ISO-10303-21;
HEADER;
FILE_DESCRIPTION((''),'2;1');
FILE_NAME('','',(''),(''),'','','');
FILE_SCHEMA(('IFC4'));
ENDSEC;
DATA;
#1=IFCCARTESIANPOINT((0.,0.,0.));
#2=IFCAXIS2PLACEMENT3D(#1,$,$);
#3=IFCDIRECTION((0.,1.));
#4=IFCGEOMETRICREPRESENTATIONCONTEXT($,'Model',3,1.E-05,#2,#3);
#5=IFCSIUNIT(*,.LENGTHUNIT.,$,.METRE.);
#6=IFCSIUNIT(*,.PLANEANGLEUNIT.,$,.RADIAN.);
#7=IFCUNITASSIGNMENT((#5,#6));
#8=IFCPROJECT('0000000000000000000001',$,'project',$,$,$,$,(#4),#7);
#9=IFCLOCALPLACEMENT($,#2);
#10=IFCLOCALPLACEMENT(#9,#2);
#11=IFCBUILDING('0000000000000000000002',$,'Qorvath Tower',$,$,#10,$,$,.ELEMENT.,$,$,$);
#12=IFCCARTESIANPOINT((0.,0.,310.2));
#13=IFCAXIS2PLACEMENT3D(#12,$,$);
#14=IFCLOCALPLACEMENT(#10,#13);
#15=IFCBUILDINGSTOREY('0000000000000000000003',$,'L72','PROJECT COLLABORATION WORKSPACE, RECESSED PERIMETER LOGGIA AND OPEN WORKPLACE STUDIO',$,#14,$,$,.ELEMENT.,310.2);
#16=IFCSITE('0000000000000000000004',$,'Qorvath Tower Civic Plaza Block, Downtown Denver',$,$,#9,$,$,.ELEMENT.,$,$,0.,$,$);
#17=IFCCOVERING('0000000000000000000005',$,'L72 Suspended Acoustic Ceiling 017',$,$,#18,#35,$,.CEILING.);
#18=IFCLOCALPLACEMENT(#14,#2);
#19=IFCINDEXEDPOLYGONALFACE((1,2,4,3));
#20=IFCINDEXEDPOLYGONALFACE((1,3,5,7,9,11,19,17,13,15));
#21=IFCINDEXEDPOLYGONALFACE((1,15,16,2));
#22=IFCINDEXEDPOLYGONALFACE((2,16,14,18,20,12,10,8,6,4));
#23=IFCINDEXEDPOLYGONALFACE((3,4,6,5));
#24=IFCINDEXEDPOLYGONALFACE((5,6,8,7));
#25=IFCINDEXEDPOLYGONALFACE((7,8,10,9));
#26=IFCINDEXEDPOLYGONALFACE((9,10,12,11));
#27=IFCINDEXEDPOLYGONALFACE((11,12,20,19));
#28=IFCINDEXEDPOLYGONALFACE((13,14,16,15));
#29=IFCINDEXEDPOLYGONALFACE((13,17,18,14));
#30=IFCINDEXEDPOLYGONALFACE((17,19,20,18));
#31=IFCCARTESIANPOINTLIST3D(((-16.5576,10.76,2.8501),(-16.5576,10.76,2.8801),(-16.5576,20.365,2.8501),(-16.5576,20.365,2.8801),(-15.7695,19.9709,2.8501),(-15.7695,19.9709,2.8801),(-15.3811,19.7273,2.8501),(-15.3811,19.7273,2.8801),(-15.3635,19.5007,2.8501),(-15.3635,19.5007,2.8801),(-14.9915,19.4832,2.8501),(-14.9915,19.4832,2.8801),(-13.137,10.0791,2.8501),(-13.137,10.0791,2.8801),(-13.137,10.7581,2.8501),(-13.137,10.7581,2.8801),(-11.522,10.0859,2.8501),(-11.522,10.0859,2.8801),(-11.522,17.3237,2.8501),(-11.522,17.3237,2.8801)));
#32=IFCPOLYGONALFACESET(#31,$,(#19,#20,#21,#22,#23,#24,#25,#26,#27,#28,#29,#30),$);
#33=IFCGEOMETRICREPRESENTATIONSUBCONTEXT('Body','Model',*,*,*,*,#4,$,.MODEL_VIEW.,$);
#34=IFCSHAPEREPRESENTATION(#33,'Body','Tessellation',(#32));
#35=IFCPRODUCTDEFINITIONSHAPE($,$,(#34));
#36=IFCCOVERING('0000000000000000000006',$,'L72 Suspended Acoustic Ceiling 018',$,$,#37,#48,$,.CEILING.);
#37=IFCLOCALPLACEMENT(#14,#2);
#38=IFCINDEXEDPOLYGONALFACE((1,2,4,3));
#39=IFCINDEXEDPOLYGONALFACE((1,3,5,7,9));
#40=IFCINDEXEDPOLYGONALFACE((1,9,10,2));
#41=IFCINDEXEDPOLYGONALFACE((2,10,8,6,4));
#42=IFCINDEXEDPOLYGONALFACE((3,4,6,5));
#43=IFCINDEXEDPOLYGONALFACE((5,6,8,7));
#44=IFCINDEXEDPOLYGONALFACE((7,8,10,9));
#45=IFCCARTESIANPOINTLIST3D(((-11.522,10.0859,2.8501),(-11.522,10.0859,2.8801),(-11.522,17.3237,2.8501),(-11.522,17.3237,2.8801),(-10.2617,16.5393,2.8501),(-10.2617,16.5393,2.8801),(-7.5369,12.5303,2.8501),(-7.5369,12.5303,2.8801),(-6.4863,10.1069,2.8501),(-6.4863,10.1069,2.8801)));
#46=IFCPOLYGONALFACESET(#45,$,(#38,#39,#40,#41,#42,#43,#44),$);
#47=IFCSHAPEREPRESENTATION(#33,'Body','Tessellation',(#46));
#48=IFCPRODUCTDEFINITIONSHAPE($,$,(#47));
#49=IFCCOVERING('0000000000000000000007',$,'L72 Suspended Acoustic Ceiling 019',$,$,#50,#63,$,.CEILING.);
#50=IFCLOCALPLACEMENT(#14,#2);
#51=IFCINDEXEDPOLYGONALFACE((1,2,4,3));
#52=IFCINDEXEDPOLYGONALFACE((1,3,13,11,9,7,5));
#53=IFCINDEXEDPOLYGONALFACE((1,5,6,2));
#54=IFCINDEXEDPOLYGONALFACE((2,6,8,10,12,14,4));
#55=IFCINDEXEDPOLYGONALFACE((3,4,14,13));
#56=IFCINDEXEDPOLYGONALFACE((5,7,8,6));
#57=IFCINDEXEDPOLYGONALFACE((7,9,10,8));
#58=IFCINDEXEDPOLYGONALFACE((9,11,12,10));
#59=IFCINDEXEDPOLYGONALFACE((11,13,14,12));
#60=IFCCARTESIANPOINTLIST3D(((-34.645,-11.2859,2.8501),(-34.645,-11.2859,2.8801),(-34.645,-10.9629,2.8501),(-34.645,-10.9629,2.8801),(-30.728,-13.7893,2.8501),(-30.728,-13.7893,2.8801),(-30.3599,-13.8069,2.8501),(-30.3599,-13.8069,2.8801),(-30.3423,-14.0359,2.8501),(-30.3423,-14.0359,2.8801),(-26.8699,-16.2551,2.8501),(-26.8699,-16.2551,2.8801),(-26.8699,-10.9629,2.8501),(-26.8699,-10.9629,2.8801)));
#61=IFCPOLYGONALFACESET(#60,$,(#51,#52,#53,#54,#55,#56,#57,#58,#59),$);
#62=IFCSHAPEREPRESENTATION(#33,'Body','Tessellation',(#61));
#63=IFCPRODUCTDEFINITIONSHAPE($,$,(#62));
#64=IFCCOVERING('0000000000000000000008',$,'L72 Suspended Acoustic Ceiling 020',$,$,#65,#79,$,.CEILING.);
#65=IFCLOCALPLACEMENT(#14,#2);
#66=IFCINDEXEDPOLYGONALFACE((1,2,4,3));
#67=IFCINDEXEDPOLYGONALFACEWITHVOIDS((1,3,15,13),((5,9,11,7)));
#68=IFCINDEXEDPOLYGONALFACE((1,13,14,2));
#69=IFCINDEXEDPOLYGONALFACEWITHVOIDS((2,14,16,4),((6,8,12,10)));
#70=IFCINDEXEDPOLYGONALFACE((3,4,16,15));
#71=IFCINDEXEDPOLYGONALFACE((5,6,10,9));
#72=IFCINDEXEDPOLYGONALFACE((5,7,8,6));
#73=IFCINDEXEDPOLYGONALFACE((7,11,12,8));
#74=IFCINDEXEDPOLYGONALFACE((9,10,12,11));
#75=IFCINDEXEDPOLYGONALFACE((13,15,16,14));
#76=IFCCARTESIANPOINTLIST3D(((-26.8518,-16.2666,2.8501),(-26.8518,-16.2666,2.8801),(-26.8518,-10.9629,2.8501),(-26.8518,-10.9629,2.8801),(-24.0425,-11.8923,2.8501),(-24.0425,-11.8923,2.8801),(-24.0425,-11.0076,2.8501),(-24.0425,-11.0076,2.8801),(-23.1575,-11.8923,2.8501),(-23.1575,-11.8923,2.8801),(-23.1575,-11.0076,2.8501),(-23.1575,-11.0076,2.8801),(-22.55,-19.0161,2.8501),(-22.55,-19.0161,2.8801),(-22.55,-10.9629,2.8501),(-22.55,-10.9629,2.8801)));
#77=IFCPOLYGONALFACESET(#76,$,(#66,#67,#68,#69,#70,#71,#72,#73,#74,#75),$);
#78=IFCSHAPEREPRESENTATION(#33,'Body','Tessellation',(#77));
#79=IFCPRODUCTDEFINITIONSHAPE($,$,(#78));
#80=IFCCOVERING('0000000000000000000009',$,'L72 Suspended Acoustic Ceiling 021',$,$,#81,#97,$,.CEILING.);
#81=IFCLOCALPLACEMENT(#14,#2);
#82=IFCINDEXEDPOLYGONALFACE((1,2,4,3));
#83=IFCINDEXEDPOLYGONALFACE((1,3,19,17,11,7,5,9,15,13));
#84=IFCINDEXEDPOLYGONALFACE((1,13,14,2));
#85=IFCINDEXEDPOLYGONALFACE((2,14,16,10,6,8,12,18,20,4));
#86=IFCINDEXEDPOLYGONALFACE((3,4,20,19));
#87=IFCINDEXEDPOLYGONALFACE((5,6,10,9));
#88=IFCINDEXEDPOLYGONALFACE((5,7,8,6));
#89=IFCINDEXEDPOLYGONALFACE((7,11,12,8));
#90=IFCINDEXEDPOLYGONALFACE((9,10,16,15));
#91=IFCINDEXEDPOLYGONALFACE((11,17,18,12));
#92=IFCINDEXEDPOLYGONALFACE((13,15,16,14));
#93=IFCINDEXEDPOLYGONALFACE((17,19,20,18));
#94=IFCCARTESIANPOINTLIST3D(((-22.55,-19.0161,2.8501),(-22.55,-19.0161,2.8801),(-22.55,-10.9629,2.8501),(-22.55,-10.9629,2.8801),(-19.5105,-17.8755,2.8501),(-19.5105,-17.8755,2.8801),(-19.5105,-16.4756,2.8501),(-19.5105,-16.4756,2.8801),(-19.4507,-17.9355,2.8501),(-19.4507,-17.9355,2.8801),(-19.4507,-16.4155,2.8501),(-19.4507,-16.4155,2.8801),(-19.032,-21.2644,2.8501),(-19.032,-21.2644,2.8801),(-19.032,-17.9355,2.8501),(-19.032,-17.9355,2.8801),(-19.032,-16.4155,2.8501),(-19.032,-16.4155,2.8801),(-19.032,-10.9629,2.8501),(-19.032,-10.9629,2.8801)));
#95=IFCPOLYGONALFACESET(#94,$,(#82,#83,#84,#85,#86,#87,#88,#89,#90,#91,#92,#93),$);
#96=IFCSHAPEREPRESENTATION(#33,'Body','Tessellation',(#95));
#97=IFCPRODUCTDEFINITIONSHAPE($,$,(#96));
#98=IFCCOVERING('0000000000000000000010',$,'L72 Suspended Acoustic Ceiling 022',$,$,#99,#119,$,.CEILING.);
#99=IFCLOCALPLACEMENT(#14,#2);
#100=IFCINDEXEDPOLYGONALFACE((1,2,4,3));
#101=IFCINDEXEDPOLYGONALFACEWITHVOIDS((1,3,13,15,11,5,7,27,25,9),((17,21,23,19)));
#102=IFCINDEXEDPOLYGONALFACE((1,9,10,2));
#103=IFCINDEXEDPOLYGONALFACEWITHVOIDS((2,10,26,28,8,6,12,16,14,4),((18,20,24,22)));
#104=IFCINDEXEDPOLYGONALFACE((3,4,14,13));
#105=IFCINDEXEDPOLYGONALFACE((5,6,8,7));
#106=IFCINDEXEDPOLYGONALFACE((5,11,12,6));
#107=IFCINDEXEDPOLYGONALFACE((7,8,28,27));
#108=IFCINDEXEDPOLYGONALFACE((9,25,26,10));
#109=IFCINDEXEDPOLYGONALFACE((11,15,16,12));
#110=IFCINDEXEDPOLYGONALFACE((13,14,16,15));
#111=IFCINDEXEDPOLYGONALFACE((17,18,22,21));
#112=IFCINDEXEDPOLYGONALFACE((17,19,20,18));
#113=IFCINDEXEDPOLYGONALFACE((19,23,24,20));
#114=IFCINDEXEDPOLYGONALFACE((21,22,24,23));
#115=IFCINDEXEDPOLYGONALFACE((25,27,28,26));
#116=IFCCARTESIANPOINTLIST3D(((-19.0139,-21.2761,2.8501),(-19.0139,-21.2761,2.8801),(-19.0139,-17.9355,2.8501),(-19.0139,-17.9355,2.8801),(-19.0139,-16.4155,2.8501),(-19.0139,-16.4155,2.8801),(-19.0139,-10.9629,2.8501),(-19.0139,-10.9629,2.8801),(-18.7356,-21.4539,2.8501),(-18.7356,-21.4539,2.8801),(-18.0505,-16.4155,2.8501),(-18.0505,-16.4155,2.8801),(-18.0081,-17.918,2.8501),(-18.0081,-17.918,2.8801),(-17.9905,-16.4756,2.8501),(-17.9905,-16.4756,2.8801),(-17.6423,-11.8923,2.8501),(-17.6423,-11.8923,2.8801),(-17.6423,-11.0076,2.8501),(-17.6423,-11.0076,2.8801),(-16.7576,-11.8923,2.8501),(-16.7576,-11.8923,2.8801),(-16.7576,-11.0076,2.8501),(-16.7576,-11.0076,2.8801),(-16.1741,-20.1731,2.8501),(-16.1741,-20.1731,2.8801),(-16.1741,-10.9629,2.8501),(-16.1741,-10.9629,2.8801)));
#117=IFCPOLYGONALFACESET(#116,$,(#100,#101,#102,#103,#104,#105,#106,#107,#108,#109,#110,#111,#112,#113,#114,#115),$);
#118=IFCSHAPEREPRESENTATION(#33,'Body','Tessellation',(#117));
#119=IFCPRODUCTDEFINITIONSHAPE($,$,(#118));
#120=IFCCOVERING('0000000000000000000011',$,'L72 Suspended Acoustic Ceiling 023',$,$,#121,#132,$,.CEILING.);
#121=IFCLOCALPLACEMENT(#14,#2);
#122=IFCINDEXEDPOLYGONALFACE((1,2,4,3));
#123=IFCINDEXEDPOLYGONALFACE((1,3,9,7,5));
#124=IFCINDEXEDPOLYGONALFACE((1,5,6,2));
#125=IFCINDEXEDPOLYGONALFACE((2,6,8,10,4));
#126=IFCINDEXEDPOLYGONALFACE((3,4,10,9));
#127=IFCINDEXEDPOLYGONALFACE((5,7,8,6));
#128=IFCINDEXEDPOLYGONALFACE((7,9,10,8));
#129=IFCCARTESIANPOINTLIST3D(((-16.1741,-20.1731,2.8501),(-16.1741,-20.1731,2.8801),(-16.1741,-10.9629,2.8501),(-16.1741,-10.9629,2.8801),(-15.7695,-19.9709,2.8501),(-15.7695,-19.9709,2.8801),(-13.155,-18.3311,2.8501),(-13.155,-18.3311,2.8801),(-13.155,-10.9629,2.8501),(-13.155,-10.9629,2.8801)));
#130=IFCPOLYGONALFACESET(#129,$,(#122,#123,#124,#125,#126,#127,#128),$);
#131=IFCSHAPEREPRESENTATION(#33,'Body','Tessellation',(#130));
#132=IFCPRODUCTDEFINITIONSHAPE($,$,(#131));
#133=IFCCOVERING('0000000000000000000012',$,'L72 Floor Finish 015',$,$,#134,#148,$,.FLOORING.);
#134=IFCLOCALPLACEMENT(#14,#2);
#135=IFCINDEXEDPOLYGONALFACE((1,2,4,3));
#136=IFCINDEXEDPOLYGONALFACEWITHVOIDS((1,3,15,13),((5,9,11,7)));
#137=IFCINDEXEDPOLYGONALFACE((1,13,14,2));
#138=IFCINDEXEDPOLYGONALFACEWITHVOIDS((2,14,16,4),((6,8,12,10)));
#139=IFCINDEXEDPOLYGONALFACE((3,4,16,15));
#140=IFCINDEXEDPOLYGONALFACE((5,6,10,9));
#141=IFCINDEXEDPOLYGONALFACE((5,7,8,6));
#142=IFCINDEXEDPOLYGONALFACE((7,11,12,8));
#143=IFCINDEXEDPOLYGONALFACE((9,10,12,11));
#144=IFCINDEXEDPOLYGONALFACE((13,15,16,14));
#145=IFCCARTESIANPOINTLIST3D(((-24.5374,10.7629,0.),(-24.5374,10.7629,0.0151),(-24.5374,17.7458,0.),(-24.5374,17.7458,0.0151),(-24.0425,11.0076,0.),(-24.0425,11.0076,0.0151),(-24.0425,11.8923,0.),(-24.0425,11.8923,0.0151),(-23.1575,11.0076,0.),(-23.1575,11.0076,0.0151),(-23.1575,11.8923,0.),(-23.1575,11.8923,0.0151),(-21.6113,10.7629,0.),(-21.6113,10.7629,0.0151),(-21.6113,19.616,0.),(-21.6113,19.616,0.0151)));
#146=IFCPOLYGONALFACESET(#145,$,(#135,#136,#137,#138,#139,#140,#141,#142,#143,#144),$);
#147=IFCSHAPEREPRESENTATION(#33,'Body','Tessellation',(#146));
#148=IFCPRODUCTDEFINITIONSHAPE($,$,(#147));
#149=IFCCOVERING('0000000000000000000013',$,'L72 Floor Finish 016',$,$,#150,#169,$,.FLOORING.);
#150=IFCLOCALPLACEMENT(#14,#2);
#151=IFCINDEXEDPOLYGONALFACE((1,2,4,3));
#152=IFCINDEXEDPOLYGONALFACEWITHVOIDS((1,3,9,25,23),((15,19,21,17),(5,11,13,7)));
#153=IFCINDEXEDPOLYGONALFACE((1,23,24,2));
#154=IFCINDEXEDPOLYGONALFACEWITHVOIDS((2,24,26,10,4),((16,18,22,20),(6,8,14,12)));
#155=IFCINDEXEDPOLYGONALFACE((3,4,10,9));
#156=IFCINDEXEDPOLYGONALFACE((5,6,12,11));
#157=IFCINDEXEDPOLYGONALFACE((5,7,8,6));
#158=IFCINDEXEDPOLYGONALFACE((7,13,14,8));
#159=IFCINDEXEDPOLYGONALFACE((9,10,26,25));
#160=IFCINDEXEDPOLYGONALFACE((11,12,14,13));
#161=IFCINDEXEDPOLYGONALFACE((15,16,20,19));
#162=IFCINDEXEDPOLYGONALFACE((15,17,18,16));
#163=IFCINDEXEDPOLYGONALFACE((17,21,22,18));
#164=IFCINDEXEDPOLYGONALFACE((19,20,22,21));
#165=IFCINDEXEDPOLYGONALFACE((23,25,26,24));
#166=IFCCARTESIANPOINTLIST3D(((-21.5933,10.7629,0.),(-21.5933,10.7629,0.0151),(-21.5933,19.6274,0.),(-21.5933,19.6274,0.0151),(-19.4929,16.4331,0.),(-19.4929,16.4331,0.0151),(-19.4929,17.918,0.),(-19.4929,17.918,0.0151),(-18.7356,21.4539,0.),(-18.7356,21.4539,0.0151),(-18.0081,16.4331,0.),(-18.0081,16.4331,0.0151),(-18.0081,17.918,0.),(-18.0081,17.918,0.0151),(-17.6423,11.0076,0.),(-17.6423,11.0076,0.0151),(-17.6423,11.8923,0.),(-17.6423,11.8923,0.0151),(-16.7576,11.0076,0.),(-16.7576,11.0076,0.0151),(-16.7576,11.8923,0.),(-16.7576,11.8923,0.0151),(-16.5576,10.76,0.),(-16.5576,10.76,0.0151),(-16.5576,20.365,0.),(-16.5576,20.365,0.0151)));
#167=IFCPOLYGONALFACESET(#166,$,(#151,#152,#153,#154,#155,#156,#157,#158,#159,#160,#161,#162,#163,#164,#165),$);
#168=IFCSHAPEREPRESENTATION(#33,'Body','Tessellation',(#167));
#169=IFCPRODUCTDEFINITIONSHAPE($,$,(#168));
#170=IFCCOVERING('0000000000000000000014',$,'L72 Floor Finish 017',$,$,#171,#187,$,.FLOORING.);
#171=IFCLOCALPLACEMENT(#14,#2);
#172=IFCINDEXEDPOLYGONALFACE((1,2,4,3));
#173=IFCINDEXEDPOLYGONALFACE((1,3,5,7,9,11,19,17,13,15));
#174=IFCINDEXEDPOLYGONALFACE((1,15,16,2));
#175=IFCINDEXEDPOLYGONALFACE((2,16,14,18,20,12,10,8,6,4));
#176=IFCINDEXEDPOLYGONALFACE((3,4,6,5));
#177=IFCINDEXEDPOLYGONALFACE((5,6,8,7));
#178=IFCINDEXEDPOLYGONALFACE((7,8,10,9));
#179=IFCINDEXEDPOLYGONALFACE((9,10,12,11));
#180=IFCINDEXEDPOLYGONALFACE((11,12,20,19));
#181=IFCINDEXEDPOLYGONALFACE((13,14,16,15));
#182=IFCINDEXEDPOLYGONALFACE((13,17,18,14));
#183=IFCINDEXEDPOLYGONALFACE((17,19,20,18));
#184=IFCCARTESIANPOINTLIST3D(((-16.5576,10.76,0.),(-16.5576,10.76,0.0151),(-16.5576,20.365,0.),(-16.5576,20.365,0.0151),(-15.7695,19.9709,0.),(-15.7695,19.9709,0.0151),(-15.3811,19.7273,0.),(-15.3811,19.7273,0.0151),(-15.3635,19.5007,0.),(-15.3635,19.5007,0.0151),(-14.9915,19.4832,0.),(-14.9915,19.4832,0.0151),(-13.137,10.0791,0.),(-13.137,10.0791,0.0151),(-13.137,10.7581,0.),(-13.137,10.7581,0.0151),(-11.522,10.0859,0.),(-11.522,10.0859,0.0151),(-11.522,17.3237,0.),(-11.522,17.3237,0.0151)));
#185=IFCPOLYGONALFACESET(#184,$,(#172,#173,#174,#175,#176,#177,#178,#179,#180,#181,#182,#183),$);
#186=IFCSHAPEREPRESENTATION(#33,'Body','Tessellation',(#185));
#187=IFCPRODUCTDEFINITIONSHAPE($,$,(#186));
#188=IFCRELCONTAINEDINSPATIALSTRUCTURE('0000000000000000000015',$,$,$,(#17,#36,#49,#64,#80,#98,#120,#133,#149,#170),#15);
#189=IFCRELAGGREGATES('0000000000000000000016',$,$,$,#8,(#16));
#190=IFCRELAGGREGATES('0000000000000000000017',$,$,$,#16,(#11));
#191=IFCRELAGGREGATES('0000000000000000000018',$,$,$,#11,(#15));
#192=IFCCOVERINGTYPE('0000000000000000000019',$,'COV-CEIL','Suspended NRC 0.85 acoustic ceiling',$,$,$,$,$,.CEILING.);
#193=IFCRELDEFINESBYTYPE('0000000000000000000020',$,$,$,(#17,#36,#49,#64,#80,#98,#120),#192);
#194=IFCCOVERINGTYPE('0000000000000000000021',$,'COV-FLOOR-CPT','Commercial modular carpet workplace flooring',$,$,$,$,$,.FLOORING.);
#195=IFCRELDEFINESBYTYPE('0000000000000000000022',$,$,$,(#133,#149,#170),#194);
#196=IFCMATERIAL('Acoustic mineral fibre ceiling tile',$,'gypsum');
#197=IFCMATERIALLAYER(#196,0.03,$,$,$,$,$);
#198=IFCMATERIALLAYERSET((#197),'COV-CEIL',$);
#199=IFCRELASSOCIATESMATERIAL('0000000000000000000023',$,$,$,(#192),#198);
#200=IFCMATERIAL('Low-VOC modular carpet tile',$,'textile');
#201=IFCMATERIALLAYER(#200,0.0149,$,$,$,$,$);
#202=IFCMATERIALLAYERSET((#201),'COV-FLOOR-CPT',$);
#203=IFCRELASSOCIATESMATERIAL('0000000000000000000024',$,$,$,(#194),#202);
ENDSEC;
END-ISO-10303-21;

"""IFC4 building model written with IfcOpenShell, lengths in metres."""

from ifc_helpers import new_model, si_unit, direction, frame, origin, place, context, subcontext, project, spatial, polyline, outline, extrude, material, layer, layer_set, type_object, element, save


model = new_model("IFC4")

# Units and contexts
model_context = context("Model", 3, precision=1e-05, world=origin(), true_north=direction((0.0, 1.0)))
body_context = subcontext(model_context, "Body", "Model", "MODEL_VIEW")
ifc_project = project(units=[si_unit("LENGTHUNIT", "METRE"), si_unit("PLANEANGLEUNIT", "RADIAN")], contexts=[model_context])

# Site, building, storey
site_placement = place(None, origin())
site = spatial("IfcSite", under=ifc_project, at=site_placement, Name="Qorvath Tower Civic Plaza Block, Downtown Denver", CompositionType="ELEMENT", RefElevation=0.0)
building_placement = place(site_placement, origin())
building = spatial("IfcBuilding", under=site, at=building_placement, Name="Qorvath Tower", CompositionType="ELEMENT")
storey_placement = place(building_placement, frame((0.0, 0.0, 310.2)))
storey = spatial("IfcBuildingStorey", under=building, at=storey_placement, Name="L72", Description="PROJECT COLLABORATION WORKSPACE, RECESSED PERIMETER LOGGIA AND OPEN WORKPLACE STUDIO", CompositionType="ELEMENT", Elevation=310.2)

# Coverings
ifc_material_1 = material(Name="Acoustic mineral fibre ceiling tile", Category="gypsum")
ifc_layer_1 = layer(ifc_material_1, 0.03)
ifc_layer_set_1 = layer_set([ifc_layer_1], Name="COV-CEIL")
covering_type_1 = type_object("IfcCoveringType", Name="COV-CEIL", Description="Suspended NRC 0.85 acoustic ceiling", PredefinedType="CEILING", material=ifc_layer_set_1)
covering_1_placement = place(storey_placement, frame((0.0, 0.0, 2.8501)))
element("IfcCovering", 1, at=covering_1_placement, inside=storey, type_object=covering_type_1, Name="L72 Suspended Acoustic Ceiling 017", PredefinedType="CEILING", context=body_context, shape_type="SweptSolid", body=[
    extrude(outline(polyline([(-13.137, 10.7581), (-13.137, 10.0791), (-11.522, 10.0859), (-11.522, 17.3237), (-14.9915, 19.4832), (-15.3635, 19.5007), (-15.3811, 19.7273), (-15.7695, 19.9709), (-16.5576, 20.365), (-16.5576, 10.76), (-13.137, 10.7581)])), origin(), (0.0, 0.0, 1.0), 0.03),
])
covering_2_placement = place(storey_placement, frame((0.0, 0.0, 2.8501)))
element("IfcCovering", 2, at=covering_2_placement, inside=storey, type_object=covering_type_1, Name="L72 Suspended Acoustic Ceiling 018", PredefinedType="CEILING", context=body_context, shape_type="SweptSolid", body=[
    extrude(outline(polyline([(-11.522, 17.3237), (-11.522, 10.0859), (-6.4863, 10.1069), (-7.5369, 12.5303), (-10.2617, 16.5393), (-11.522, 17.3237)])), origin(), (0.0, 0.0, 1.0), 0.03),
])
covering_3_placement = place(storey_placement, frame((0.0, 0.0, 2.8501)))
element("IfcCovering", 3, at=covering_3_placement, inside=storey, type_object=covering_type_1, Name="L72 Suspended Acoustic Ceiling 019", PredefinedType="CEILING", context=body_context, shape_type="SweptSolid", body=[
    extrude(outline(polyline([(-34.645, -11.2859), (-30.728, -13.7893), (-30.3599, -13.8069), (-30.3423, -14.0359), (-26.8699, -16.2551), (-26.8699, -10.9629), (-34.645, -10.9629), (-34.645, -11.2859)])), origin(), (0.0, 0.0, 1.0), 0.03),
])
covering_4_placement = place(storey_placement, frame((0.0, 0.0, 2.8501)))
element("IfcCovering", 4, at=covering_4_placement, inside=storey, type_object=covering_type_1, Name="L72 Suspended Acoustic Ceiling 020", PredefinedType="CEILING", context=body_context, shape_type="SweptSolid", body=[
    extrude(outline(polyline([(-26.8518, -16.2666), (-22.55, -19.0161), (-22.55, -10.9629), (-26.8518, -10.9629), (-26.8518, -16.2666)]), holes=[polyline([(-24.0425, -11.8923), (-24.0425, -11.0076), (-23.1575, -11.0076), (-23.1575, -11.8923), (-24.0425, -11.8923)])]), origin(), (0.0, 0.0, 1.0), 0.03),
])
covering_5_placement = place(storey_placement, frame((0.0, 0.0, 2.8501)))
element("IfcCovering", 5, at=covering_5_placement, inside=storey, type_object=covering_type_1, Name="L72 Suspended Acoustic Ceiling 021", PredefinedType="CEILING", context=body_context, shape_type="SweptSolid", body=[
    extrude(outline(polyline([(-22.55, -10.9629), (-22.55, -19.0161), (-19.032, -21.2644), (-19.032, -17.9355), (-19.4507, -17.9355), (-19.5105, -17.8755), (-19.5105, -16.4756), (-19.4507, -16.4155), (-19.032, -16.4155), (-19.032, -10.9629), (-22.55, -10.9629)])), origin(), (0.0, 0.0, 1.0), 0.03),
])
covering_6_placement = place(storey_placement, frame((0.0, 0.0, 2.8501)))
element("IfcCovering", 6, at=covering_6_placement, inside=storey, type_object=covering_type_1, Name="L72 Suspended Acoustic Ceiling 022", PredefinedType="CEILING", context=body_context, shape_type="SweptSolid", body=[
    extrude(outline(polyline([(-16.1741, -20.1731), (-16.1741, -10.9629), (-19.0139, -10.9629), (-19.0139, -16.4155), (-18.0505, -16.4155), (-17.9905, -16.4756), (-18.0081, -17.918), (-19.0139, -17.9355), (-19.0139, -21.2761), (-18.7356, -21.4539), (-16.1741, -20.1731)]), holes=[polyline([(-17.6423, -11.8923), (-17.6423, -11.0076), (-16.7576, -11.0076), (-16.7576, -11.8923), (-17.6423, -11.8923)])]), origin(), (0.0, 0.0, 1.0), 0.03),
])
covering_7_placement = place(storey_placement, frame((0.0, 0.0, 2.8501)))
element("IfcCovering", 7, at=covering_7_placement, inside=storey, type_object=covering_type_1, Name="L72 Suspended Acoustic Ceiling 023", PredefinedType="CEILING", context=body_context, shape_type="SweptSolid", body=[
    extrude(outline(polyline([(-13.155, -10.9629), (-16.1741, -10.9629), (-16.1741, -20.1731), (-15.7695, -19.9709), (-13.155, -18.3311), (-13.155, -10.9629)])), origin(), (0.0, 0.0, 1.0), 0.03),
])
ifc_material_2 = material(Name="Low-VOC modular carpet tile", Category="textile")
ifc_layer_2 = layer(ifc_material_2, 0.0149)
ifc_layer_set_2 = layer_set([ifc_layer_2], Name="COV-FLOOR-CPT")
covering_type_2 = type_object("IfcCoveringType", Name="COV-FLOOR-CPT", Description="Commercial modular carpet workplace flooring", PredefinedType="FLOORING", material=ifc_layer_set_2)
covering_8_placement = place(storey_placement, origin())
element("IfcCovering", 8, at=covering_8_placement, inside=storey, type_object=covering_type_2, Name="L72 Floor Finish 015", PredefinedType="FLOORING", context=body_context, shape_type="SweptSolid", body=[
    extrude(outline(polyline([(-24.5374, 17.7458), (-24.5374, 10.7629), (-21.6113, 10.7629), (-21.6113, 19.616), (-24.5374, 17.7458)]), holes=[polyline([(-24.0425, 11.0076), (-24.0425, 11.8923), (-23.1575, 11.8923), (-23.1575, 11.0076), (-24.0425, 11.0076)])]), origin(), (0.0, 0.0, 1.0), 0.0151),
])
covering_9_placement = place(storey_placement, origin())
element("IfcCovering", 9, at=covering_9_placement, inside=storey, type_object=covering_type_2, Name="L72 Floor Finish 016", PredefinedType="FLOORING", context=body_context, shape_type="SweptSolid", body=[
    extrude(outline(polyline([(-16.5576, 10.76), (-16.5576, 20.365), (-18.7356, 21.4539), (-21.5933, 19.6274), (-21.5933, 10.7629), (-16.5576, 10.76)]), holes=[polyline([(-17.6423, 11.0076), (-17.6423, 11.8923), (-16.7576, 11.8923), (-16.7576, 11.0076), (-17.6423, 11.0076)]), polyline([(-19.4929, 16.4331), (-19.4929, 17.918), (-18.0081, 17.918), (-18.0081, 16.4331), (-19.4929, 16.4331)])]), origin(), (0.0, 0.0, 1.0), 0.0151),
])
covering_10_placement = place(storey_placement, origin())
element("IfcCovering", 10, at=covering_10_placement, inside=storey, type_object=covering_type_2, Name="L72 Floor Finish 017", PredefinedType="FLOORING", context=body_context, shape_type="SweptSolid", body=[
    extrude(outline(polyline([(-13.137, 10.7581), (-13.137, 10.0791), (-11.522, 10.0859), (-11.522, 17.3237), (-14.9915, 19.4832), (-15.3635, 19.5007), (-15.3811, 19.7273), (-15.7695, 19.9709), (-16.5576, 20.365), (-16.5576, 10.76), (-13.137, 10.7581)])), origin(), (0.0, 0.0, 1.0), 0.0151),
])

save(model, "model.ifc")
